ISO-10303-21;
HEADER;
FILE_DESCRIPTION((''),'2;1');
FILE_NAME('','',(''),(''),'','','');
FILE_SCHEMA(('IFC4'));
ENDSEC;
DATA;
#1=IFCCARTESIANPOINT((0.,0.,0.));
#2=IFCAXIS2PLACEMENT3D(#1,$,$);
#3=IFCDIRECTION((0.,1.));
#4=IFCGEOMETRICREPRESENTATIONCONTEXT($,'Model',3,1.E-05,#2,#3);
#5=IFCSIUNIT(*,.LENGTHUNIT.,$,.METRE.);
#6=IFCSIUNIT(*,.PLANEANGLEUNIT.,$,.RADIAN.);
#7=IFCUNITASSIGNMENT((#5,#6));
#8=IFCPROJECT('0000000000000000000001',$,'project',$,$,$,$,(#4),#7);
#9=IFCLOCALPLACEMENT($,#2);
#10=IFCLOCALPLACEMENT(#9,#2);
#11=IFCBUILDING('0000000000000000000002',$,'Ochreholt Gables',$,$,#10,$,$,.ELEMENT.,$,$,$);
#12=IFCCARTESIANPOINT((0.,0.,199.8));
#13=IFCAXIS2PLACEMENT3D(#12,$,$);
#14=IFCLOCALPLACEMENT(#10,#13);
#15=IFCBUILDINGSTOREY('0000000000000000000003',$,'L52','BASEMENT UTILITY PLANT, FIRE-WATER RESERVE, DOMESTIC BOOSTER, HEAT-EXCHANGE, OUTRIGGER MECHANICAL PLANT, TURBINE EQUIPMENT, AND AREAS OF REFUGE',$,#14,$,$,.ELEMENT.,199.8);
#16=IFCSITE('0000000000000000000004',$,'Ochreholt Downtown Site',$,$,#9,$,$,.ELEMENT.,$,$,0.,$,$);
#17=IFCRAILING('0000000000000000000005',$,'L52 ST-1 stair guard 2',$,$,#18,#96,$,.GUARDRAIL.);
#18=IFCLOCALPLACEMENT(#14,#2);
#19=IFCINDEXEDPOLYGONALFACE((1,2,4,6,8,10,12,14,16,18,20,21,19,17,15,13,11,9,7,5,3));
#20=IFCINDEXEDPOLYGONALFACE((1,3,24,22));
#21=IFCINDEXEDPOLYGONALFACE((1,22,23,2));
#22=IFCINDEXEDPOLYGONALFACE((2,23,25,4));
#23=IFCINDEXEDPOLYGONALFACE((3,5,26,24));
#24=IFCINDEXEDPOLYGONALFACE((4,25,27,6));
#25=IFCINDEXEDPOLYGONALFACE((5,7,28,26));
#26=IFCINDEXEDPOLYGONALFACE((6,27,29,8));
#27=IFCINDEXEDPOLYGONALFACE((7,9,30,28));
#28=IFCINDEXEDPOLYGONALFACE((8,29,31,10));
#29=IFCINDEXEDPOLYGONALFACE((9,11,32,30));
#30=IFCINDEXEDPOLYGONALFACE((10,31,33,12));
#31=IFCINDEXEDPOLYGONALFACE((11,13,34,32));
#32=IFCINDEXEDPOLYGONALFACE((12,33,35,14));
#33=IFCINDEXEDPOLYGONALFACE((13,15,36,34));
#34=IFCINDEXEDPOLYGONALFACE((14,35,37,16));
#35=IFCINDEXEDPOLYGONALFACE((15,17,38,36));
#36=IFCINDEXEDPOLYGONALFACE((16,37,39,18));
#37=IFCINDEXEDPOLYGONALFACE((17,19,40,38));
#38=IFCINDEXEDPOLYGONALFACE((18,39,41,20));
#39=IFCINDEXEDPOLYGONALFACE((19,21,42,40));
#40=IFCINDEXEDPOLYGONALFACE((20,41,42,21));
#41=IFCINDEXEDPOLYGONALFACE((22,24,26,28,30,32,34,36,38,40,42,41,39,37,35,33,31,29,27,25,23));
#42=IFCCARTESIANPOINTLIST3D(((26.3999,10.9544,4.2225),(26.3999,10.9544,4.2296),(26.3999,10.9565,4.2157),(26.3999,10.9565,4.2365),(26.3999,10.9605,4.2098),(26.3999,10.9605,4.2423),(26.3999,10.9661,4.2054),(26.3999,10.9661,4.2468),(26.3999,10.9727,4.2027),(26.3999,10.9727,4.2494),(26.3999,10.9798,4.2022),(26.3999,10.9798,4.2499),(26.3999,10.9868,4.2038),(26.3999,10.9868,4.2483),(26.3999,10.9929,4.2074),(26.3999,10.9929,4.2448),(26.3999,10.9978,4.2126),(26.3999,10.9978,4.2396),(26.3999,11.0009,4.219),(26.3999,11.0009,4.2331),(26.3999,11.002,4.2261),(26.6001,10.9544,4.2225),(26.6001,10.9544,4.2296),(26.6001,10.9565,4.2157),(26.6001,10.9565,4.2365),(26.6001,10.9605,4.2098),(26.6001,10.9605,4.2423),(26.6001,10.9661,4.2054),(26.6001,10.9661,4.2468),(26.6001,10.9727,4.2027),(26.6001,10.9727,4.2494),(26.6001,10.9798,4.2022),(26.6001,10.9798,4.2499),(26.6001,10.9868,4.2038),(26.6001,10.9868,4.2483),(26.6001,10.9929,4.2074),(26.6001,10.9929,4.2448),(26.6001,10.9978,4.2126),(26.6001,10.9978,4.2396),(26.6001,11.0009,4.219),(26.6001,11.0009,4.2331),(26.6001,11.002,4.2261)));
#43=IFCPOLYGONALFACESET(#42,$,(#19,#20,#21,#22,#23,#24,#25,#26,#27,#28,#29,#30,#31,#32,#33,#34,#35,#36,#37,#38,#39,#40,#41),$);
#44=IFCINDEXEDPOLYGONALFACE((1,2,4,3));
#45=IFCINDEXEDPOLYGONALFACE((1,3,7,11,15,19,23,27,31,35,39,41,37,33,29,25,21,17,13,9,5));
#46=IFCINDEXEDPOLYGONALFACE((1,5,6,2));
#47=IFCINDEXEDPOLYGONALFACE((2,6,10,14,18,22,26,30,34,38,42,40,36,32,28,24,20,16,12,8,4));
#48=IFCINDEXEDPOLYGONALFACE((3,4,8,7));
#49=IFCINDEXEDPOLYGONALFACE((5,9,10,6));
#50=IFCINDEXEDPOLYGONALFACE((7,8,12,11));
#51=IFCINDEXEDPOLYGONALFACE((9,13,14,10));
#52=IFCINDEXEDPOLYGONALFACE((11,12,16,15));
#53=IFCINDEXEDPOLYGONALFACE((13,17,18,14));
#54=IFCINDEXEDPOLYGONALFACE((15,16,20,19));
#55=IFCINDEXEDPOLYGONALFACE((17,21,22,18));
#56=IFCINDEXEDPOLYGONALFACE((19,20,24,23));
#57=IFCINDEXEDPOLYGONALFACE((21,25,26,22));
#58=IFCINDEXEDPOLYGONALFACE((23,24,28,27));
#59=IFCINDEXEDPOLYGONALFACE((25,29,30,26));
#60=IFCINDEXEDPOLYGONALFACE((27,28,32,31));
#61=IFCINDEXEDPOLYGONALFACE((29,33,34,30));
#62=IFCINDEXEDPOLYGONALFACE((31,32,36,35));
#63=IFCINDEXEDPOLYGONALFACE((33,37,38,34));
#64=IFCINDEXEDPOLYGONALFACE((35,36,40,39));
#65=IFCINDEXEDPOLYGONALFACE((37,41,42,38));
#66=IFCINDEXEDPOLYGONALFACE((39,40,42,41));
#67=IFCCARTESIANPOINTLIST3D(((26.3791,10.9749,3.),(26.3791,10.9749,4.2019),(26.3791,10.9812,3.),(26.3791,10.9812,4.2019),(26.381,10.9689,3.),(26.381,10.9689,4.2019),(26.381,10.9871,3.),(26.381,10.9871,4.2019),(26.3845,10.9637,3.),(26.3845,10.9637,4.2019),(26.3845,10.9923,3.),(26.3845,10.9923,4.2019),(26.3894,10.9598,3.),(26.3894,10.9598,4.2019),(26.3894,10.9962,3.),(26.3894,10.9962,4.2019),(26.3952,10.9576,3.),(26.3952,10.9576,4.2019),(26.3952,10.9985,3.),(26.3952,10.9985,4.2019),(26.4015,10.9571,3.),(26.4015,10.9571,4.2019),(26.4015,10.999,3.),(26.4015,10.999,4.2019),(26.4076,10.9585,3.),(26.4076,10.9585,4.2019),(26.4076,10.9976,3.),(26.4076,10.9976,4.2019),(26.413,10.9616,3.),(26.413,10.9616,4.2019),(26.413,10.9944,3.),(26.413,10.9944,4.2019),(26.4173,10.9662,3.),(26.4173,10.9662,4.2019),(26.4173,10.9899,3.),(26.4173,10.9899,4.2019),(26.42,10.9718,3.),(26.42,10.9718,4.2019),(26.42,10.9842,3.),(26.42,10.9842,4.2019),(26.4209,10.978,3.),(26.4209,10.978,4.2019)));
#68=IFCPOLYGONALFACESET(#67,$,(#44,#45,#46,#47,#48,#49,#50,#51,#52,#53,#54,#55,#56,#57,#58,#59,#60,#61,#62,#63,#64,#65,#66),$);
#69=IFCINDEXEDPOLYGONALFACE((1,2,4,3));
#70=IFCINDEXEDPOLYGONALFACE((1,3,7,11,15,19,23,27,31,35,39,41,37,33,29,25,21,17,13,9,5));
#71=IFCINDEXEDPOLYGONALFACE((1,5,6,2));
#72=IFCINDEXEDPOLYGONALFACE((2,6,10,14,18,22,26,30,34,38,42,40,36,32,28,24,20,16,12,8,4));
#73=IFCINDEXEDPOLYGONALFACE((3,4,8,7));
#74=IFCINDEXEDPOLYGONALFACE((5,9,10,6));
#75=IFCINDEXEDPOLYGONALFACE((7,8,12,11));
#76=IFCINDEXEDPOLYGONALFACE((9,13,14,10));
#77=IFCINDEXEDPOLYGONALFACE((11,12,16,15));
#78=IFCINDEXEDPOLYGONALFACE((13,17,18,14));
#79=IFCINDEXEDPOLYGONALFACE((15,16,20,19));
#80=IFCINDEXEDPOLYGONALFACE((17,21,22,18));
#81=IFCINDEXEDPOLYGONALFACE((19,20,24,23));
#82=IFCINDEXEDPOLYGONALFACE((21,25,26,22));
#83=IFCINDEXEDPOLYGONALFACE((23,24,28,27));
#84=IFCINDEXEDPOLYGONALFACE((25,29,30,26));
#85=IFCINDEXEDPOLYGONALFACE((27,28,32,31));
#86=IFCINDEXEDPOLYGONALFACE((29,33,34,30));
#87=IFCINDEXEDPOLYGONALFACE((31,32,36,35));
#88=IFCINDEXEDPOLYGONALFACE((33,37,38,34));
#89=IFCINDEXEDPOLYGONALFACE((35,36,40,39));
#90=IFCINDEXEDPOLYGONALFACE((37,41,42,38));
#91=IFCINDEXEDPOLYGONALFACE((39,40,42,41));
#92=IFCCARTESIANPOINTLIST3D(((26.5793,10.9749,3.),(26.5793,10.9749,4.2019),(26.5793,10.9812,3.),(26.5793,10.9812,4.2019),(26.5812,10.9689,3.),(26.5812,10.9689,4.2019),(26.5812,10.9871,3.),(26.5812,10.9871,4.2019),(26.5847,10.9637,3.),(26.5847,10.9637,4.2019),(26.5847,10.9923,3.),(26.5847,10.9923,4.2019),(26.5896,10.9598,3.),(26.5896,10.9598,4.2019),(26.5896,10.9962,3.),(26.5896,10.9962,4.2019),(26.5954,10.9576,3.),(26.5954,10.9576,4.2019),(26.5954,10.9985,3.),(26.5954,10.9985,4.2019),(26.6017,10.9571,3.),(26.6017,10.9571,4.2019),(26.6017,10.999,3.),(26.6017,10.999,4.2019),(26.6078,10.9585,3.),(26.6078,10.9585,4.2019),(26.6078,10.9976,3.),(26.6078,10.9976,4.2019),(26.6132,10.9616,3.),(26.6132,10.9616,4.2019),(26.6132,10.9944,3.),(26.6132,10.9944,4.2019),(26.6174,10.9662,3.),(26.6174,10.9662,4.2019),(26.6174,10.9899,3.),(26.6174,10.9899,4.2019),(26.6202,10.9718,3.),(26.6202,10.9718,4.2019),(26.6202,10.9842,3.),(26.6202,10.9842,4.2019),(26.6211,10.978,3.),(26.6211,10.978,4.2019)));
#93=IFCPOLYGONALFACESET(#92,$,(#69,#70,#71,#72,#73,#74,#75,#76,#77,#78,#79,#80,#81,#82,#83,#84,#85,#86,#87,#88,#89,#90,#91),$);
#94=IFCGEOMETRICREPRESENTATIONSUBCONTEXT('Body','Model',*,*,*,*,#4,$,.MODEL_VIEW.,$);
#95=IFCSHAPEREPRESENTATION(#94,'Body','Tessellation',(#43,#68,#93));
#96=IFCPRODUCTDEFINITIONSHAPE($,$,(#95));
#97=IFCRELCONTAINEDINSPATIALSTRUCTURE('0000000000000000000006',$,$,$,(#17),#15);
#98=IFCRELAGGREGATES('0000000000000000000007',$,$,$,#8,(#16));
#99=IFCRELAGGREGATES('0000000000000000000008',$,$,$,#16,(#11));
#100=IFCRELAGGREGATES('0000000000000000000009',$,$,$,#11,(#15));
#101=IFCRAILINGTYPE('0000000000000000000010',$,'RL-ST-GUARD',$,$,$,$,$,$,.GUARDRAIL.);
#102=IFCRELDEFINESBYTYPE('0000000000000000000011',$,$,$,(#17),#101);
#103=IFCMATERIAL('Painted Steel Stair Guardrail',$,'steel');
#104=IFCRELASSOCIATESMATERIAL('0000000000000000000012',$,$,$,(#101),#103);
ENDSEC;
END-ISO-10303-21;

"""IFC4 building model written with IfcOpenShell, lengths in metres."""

from ifc_helpers import new_model, si_unit, direction, frame, origin, origin_2d, place, context, subcontext, project, spatial, circle, extrude, material, type_object, element, save


model = new_model("IFC4")

# Units and contexts
model_context = context("Model", 3, precision=1e-05, world=origin(), true_north=direction((0.0, 1.0)))
body_context = subcontext(model_context, "Body", "Model", "MODEL_VIEW")
ifc_project = project(units=[si_unit("LENGTHUNIT", "METRE"), si_unit("PLANEANGLEUNIT", "RADIAN")], contexts=[model_context])

# Site, building, storey
site_placement = place(None, origin())
site = spatial("IfcSite", under=ifc_project, at=site_placement, Name="Ochreholt Downtown Site", CompositionType="ELEMENT", RefElevation=0.0)
building_placement = place(site_placement, origin())
building = spatial("IfcBuilding", under=site, at=building_placement, Name="Ochreholt Gables", CompositionType="ELEMENT")
storey_placement = place(building_placement, frame((0.0, 0.0, 199.8)))
storey = spatial("IfcBuildingStorey", under=building, at=storey_placement, Name="L52", Description="BASEMENT UTILITY PLANT, FIRE-WATER RESERVE, DOMESTIC BOOSTER, HEAT-EXCHANGE, OUTRIGGER MECHANICAL PLANT, TURBINE EQUIPMENT, AND AREAS OF REFUGE", CompositionType="ELEMENT", Elevation=199.8)

# Railing
ifc_material_1 = material(Name="Painted Steel Stair Guardrail", Category="steel")
railing_type = type_object("IfcRailingType", Name="RL-ST-GUARD", PredefinedType="GUARDRAIL", material=ifc_material_1)
railing_1_placement = place(storey_placement, frame((26.3999, 10.978, 3.0)))
element("IfcRailing", 1, at=railing_1_placement, inside=storey, type_object=railing_type, Name="L52 ST-1 stair guard 2", PredefinedType="GUARDRAIL", context=body_context, shape_type="SweptSolid", body=[
    extrude(circle(Radius=0.0239, at=origin_2d()), frame((0.0, 0.0, 1.2261), z_axis=(1.0, 0.0, 0.0), x_axis=(0.0, 1.0, 0.0)), (0.0, 0.0, 1.0), 0.2002),
    extrude(circle(Radius=0.021, at=origin_2d()), origin(), (0.0, 0.0, 1.0), 1.2019),
    extrude(circle(Radius=0.021, at=origin_2d()), frame((0.2002, 0.0, 0.0)), (0.0, 0.0, 1.0), 1.2019),
])

save(model, "model.ifc")
